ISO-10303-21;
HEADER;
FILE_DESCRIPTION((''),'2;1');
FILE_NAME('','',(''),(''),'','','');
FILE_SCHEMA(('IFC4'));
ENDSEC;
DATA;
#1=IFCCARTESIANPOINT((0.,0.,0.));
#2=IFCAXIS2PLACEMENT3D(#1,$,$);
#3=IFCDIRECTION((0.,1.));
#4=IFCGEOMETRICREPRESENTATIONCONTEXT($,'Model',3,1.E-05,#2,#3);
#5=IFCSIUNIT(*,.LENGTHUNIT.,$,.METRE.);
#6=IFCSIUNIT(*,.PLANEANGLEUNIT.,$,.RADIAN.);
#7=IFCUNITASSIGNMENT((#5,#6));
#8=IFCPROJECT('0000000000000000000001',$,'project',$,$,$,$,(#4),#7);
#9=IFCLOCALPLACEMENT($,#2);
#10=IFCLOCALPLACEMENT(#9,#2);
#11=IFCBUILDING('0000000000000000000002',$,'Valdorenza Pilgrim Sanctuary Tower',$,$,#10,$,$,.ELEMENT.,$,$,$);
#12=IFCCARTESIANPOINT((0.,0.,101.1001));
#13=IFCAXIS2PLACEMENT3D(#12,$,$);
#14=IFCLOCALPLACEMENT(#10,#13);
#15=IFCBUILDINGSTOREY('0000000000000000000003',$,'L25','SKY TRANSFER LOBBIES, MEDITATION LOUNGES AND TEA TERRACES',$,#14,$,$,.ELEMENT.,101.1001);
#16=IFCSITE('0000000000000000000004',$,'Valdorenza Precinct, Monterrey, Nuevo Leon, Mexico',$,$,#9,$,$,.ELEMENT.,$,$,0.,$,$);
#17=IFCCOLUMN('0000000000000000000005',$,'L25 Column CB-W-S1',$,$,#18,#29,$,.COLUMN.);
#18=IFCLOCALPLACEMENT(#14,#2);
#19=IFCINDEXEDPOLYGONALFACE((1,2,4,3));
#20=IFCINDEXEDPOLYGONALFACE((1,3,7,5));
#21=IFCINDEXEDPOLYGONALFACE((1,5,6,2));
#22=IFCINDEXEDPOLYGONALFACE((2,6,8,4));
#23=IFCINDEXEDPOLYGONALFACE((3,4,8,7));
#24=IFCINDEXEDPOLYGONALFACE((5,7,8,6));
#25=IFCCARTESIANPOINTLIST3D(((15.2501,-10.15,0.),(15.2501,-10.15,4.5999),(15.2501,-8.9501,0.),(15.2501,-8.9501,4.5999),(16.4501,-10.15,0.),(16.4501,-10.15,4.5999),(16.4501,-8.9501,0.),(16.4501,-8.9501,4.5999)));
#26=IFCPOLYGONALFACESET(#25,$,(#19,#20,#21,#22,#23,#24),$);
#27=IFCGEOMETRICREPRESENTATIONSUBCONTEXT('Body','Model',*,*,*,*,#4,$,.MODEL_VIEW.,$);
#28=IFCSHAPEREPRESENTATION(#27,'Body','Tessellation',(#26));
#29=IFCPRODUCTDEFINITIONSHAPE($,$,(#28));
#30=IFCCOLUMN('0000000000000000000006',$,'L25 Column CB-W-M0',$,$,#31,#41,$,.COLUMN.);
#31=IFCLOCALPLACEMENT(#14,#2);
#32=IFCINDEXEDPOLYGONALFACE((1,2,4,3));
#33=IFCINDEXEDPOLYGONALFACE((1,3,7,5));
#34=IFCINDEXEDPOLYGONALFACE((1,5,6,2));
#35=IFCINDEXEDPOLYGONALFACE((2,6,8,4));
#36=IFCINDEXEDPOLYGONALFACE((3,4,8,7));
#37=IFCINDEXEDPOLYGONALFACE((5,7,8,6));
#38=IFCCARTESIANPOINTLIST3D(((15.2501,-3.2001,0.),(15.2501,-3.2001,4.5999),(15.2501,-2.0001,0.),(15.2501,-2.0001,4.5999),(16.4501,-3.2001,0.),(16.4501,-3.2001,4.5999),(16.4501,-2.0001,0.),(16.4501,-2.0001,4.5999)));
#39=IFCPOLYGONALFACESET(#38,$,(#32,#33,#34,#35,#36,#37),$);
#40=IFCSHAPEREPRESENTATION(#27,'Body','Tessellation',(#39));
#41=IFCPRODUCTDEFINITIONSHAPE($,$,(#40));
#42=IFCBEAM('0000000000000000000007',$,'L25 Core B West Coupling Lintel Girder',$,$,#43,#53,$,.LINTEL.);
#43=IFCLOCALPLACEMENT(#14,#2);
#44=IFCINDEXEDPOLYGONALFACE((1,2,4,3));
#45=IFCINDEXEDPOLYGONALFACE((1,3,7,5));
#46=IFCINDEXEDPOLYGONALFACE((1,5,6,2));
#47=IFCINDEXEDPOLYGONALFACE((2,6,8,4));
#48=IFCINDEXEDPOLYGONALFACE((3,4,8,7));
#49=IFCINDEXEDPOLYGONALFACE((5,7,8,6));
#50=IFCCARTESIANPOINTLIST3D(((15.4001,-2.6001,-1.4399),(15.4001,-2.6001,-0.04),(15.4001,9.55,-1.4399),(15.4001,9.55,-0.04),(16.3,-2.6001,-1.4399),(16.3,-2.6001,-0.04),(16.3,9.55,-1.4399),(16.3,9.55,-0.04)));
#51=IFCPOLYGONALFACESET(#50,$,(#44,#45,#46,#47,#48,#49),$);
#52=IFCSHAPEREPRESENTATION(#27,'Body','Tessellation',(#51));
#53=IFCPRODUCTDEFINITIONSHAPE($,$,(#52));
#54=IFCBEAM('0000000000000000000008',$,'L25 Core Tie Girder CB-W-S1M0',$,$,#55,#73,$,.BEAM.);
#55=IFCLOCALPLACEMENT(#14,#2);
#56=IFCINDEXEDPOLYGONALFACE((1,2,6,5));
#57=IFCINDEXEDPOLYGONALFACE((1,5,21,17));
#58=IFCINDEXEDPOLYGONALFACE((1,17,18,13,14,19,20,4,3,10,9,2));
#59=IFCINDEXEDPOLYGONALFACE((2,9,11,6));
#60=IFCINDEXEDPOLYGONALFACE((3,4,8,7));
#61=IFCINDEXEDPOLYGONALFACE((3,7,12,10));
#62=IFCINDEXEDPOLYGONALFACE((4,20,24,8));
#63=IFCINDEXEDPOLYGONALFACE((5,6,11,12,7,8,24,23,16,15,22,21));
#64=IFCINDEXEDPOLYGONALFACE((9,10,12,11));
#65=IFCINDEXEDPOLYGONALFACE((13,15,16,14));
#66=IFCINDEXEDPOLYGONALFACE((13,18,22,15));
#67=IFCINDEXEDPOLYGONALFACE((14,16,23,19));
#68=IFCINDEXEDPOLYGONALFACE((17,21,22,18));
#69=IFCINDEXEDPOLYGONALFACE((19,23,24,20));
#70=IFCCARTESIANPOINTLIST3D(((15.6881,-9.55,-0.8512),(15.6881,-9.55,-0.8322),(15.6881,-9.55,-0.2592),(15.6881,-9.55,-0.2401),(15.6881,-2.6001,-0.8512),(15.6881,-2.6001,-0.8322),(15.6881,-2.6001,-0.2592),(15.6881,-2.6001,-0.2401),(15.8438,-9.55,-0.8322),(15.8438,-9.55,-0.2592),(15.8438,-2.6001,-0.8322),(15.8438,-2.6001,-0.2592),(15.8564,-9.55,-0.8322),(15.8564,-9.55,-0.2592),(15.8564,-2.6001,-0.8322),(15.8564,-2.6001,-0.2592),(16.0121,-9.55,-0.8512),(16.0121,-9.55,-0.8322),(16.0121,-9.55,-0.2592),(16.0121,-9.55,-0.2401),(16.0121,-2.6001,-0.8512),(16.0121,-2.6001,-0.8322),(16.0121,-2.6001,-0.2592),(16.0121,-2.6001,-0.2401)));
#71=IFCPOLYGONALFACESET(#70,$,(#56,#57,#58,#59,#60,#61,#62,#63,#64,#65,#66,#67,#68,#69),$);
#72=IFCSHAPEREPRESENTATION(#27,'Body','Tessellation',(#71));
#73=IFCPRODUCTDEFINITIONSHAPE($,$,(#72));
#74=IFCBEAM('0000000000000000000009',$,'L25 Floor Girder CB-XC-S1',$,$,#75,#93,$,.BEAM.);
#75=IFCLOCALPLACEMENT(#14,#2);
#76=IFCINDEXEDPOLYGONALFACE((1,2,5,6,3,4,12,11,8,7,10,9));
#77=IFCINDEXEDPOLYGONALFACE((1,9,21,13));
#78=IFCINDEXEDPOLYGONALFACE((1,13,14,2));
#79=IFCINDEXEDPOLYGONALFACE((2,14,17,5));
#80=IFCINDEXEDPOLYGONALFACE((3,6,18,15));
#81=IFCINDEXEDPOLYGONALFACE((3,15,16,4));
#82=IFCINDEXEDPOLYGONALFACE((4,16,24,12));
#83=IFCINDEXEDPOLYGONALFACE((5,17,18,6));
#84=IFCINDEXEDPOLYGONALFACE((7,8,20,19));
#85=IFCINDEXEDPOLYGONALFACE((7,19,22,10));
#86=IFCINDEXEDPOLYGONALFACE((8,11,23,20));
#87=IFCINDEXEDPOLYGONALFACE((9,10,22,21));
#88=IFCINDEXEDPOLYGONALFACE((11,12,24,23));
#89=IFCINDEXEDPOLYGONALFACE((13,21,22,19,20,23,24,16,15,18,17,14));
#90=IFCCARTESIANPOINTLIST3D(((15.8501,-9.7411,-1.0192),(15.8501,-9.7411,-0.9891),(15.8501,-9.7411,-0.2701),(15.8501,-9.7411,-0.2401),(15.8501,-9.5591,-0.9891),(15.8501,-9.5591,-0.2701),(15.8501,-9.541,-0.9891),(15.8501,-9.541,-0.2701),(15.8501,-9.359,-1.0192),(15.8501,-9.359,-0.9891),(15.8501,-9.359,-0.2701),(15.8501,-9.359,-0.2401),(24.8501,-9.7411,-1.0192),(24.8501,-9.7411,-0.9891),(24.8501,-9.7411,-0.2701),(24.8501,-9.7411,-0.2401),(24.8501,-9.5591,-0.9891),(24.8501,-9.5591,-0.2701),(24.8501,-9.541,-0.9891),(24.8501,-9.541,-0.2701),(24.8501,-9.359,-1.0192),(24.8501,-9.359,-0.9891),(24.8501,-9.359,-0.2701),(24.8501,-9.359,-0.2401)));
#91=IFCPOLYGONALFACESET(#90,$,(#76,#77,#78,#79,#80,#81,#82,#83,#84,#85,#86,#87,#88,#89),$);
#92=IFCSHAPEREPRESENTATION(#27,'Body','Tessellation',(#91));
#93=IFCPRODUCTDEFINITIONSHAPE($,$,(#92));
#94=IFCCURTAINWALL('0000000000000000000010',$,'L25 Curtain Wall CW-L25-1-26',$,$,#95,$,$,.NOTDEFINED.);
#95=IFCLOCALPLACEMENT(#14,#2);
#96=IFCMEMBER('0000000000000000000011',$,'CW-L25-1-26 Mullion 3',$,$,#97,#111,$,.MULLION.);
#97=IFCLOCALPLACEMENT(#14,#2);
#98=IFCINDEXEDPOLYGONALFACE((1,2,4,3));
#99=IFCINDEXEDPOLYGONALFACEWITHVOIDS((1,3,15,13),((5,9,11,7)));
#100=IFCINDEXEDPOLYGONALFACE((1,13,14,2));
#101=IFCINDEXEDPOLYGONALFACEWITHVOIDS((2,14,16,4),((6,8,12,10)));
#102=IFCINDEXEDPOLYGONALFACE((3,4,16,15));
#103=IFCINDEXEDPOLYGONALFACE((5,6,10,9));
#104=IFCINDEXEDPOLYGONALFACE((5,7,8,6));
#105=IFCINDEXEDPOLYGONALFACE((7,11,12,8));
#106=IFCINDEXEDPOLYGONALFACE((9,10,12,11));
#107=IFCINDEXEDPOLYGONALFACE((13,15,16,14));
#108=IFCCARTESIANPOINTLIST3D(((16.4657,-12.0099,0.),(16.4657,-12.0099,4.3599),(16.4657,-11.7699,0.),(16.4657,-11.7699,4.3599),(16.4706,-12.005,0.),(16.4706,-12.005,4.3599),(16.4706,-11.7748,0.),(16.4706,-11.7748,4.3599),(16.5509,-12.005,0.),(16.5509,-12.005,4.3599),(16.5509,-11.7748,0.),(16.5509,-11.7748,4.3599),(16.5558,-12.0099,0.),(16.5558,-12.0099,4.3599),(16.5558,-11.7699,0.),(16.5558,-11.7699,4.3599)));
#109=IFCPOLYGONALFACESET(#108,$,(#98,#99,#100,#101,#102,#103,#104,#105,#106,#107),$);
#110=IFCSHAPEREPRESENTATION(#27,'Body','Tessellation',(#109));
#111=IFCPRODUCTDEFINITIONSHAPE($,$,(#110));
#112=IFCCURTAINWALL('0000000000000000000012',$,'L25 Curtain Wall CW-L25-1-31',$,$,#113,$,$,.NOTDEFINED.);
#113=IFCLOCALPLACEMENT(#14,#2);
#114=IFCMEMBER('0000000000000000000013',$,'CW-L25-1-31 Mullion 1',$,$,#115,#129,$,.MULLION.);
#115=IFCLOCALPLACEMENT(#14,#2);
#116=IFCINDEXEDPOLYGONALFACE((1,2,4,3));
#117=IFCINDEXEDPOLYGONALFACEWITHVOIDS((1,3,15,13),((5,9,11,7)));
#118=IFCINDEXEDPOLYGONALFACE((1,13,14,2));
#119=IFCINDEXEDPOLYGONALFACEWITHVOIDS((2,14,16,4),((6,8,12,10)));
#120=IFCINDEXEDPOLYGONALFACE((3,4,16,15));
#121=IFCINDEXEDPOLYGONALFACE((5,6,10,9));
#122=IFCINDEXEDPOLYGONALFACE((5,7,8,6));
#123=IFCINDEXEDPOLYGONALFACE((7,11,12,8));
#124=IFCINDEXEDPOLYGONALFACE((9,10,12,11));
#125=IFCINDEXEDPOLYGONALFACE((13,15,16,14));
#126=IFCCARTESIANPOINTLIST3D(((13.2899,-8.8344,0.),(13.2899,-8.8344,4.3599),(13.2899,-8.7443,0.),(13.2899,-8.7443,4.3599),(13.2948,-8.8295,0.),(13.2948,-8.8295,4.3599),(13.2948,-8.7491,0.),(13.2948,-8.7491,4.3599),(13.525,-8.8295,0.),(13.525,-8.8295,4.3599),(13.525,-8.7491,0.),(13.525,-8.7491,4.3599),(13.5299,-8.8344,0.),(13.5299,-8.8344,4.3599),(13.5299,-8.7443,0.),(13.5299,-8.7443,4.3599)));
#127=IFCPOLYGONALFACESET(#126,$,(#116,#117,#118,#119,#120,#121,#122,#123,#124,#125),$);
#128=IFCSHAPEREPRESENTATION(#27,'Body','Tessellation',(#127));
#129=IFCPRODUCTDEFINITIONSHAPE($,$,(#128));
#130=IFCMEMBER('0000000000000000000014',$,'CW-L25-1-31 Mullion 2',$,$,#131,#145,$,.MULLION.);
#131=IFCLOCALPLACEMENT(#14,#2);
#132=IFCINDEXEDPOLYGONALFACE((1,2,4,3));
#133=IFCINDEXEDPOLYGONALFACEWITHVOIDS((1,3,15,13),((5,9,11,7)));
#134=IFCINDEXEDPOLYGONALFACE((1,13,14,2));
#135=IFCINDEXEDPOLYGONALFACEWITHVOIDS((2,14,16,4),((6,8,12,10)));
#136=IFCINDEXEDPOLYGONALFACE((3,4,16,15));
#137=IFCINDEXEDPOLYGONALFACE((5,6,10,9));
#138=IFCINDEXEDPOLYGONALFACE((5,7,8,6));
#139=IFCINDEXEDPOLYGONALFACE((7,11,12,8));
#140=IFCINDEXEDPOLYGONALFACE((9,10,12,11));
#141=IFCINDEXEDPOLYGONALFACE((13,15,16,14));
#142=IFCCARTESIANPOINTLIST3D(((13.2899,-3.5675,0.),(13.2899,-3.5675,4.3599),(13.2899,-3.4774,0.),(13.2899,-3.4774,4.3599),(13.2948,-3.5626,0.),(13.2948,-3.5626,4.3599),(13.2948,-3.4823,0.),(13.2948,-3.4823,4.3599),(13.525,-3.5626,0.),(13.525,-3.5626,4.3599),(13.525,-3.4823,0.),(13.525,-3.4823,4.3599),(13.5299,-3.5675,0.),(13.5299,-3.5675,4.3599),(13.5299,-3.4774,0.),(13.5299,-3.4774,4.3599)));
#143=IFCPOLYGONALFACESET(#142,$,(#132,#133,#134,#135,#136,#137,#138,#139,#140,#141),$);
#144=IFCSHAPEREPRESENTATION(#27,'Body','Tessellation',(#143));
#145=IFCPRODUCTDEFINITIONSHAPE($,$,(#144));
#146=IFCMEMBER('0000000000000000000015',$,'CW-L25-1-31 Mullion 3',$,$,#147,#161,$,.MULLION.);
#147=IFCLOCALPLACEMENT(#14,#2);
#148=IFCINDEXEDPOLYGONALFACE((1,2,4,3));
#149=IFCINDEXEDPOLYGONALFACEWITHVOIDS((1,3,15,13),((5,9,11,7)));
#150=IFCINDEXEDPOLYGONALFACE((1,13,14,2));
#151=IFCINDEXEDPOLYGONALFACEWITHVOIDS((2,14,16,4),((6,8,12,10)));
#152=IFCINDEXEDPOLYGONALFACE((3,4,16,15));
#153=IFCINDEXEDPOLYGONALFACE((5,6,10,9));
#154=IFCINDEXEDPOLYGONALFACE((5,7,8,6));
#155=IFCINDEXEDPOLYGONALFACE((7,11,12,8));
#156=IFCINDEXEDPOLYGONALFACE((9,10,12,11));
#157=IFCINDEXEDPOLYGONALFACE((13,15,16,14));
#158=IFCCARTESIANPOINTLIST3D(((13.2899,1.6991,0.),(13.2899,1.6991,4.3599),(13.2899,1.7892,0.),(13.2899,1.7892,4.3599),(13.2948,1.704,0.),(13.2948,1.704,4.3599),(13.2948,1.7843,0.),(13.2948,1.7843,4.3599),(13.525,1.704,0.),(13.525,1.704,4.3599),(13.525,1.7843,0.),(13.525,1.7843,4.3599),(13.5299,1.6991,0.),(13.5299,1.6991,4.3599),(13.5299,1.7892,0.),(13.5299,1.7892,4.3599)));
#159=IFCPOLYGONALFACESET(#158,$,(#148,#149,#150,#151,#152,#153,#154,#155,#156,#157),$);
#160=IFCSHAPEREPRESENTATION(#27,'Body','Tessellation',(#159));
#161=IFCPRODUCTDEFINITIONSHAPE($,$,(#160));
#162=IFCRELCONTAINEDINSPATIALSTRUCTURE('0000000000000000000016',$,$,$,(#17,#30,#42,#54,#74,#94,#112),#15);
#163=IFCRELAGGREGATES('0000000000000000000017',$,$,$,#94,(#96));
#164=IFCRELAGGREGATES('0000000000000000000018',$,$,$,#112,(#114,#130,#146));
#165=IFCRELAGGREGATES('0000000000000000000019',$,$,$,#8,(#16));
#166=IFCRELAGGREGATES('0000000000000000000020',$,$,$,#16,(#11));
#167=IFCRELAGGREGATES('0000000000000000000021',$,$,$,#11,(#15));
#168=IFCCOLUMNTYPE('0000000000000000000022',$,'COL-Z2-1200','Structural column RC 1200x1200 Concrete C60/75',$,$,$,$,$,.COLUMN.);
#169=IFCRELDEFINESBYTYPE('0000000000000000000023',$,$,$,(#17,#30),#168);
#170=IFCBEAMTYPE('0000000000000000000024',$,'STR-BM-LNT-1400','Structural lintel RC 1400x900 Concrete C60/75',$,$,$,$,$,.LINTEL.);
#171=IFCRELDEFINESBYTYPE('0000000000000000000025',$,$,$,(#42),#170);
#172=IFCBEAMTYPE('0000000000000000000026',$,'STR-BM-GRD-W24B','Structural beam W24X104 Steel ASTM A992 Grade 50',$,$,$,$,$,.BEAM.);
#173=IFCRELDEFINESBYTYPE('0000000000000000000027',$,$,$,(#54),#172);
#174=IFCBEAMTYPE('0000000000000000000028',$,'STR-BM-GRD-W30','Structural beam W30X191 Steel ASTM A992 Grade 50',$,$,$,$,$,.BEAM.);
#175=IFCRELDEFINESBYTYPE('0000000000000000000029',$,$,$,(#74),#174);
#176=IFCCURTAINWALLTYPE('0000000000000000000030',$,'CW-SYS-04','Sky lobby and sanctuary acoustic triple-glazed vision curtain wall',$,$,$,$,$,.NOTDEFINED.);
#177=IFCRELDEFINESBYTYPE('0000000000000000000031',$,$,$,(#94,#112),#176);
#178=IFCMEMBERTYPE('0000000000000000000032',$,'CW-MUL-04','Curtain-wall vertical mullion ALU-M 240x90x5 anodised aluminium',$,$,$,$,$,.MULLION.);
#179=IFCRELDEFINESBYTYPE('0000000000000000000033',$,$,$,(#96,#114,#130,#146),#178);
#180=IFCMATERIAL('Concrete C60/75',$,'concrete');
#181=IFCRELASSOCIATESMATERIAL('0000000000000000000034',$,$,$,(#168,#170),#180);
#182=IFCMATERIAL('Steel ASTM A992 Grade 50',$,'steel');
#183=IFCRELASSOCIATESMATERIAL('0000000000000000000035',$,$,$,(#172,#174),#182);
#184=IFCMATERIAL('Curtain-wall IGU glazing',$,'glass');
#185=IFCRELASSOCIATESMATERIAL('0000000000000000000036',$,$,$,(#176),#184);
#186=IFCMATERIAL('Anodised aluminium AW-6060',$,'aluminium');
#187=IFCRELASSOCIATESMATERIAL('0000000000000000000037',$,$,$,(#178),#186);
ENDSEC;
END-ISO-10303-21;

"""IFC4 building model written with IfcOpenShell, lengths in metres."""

from ifc_helpers import new_model, si_unit, direction, frame, origin, origin_2d, place, context, subcontext, project, spatial, rectangle, hollow_rectangle, i_section, extrude, source, transform, mapped, material, material_profile, profile_set, type_object, element, aggregate, save


model = new_model("IFC4")

# Units and contexts
model_context = context("Model", 3, precision=1e-05, world=origin(), true_north=direction((0.0, 1.0)))
body_context = subcontext(model_context, "Body", "Model", "MODEL_VIEW")
ifc_project = project(units=[si_unit("LENGTHUNIT", "METRE"), si_unit("PLANEANGLEUNIT", "RADIAN")], contexts=[model_context])

# Site, building, storey
site_placement = place(None, origin())
site = spatial("IfcSite", under=ifc_project, at=site_placement, Name="Valdorenza Precinct, Monterrey, Nuevo Leon, Mexico", CompositionType="ELEMENT", RefElevation=0.0)
building_placement = place(site_placement, origin())
building = spatial("IfcBuilding", under=site, at=building_placement, Name="Valdorenza Pilgrim Sanctuary Tower", CompositionType="ELEMENT")
storey_placement = place(building_placement, frame((0.0, 0.0, 101.1001)))
storey = spatial("IfcBuildingStorey", under=building, at=storey_placement, Name="L25", Description="SKY TRANSFER LOBBIES, MEDITATION LOUNGES AND TEA TERRACES", CompositionType="ELEMENT", Elevation=101.1001)

# Columns
ifc_material_1 = material(Name="Concrete C60/75", Category="concrete")
ifc_material_profile_1 = material_profile(ifc_material_1, rectangle(XDim=1.2, YDim=1.2, at=origin_2d()), Name="RC 1200x1200")
ifc_profile_set_1 = profile_set([ifc_material_profile_1], Name="Concrete C60/75")
column_type = type_object("IfcColumnType", Name="COL-Z2-1200", Description="Structural column RC 1200x1200 Concrete C60/75", PredefinedType="COLUMN", material=ifc_profile_set_1)
shared_shape_1 = source(origin(), body_context, "Body", "SweptSolid", [
    extrude(rectangle(XDim=1.2, YDim=1.2, at=origin_2d()), origin(), (0.0, 0.0, 1.0), 4.5999),
])
for number, where, z_axis, x_axis, name in (
    (1, (15.8501, -9.55, 0.0), (0.0, 0.0, 1.0), (1.0, 0.0, 0.0), "L25 Column CB-W-S1"),
    (2, (15.8501, -2.6001, 0.0), (0.0, 0.0, 1.0), (1.0, 0.0, 0.0), "L25 Column CB-W-M0"),
):
    element("IfcColumn", number, at=place(storey_placement, frame(where, z_axis=z_axis, x_axis=x_axis)), inside=storey, type_object=column_type, Name=name, PredefinedType="COLUMN", context=body_context, shape_type="MappedRepresentation", body=[
        mapped(shared_shape_1, transform((0.0, 0.0, 0.0), x_axis=(1.0, 0.0, 0.0), y_axis=(0.0, 1.0, 0.0), z_axis=(0.0, 0.0, 1.0), scale=1.0)),
    ])

# Beams
ifc_material_profile_2 = material_profile(ifc_material_1, rectangle(XDim=0.8999, YDim=1.3999, at=origin_2d()), Name="RC 1400x900")
ifc_profile_set_2 = profile_set([ifc_material_profile_2], Name="Concrete C60/75")
beam_type_1 = type_object("IfcBeamType", Name="STR-BM-LNT-1400", Description="Structural lintel RC 1400x900 Concrete C60/75", PredefinedType="LINTEL", material=ifc_profile_set_2)
shared_shape_2 = source(origin(), body_context, "Body", "SweptSolid", [
    extrude(rectangle(XDim=0.8999, YDim=1.3999, at=origin_2d()), origin(), (0.0, 0.0, 1.0), 12.1501),
])
beam_1_placement = place(storey_placement, frame((15.8501, -2.6001, -0.74), z_axis=(0.0, 1.0, 0.0), x_axis=(-1.0, 0.0, 0.0)))
element("IfcBeam", 3, at=beam_1_placement, inside=storey, type_object=beam_type_1, Name="L25 Core B West Coupling Lintel Girder", PredefinedType="LINTEL", context=body_context, shape_type="MappedRepresentation", body=[
    mapped(shared_shape_2, transform((0.0, 0.0, 0.0), x_axis=(1.0, 0.0, 0.0), y_axis=(0.0, 1.0, 0.0), z_axis=(0.0, 0.0, 1.0), scale=1.0)),
])
ifc_material_2 = material(Name="Steel ASTM A992 Grade 50", Category="steel")
ifc_material_profile_3 = material_profile(ifc_material_2, i_section(OverallWidth=0.324, OverallDepth=0.6111, WebThickness=0.0127, FlangeThickness=0.019, at=origin_2d()), Name="W24X104")
ifc_profile_set_3 = profile_set([ifc_material_profile_3], Name="Steel ASTM A992 Grade 50")
beam_type_2 = type_object("IfcBeamType", Name="STR-BM-GRD-W24B", Description="Structural beam W24X104 Steel ASTM A992 Grade 50", PredefinedType="BEAM", material=ifc_profile_set_3)
shared_shape_3 = source(origin(), body_context, "Body", "SweptSolid", [
    extrude(i_section(OverallWidth=0.324, OverallDepth=0.6111, WebThickness=0.0127, FlangeThickness=0.019, at=origin_2d()), origin(), (0.0, 0.0, 1.0), 6.95),
])
beam_2_placement = place(storey_placement, frame((15.8501, -9.55, -0.5457), z_axis=(0.0, 1.0, 0.0), x_axis=(-1.0, 0.0, 0.0)))
element("IfcBeam", 4, at=beam_2_placement, inside=storey, type_object=beam_type_2, Name="L25 Core Tie Girder CB-W-S1M0", PredefinedType="BEAM", context=body_context, shape_type="MappedRepresentation", body=[
    mapped(shared_shape_3, transform((0.0, 0.0, 0.0), x_axis=(1.0, 0.0, 0.0), y_axis=(0.0, 1.0, 0.0), z_axis=(0.0, 0.0, 1.0), scale=1.0)),
])
ifc_material_profile_4 = material_profile(ifc_material_2, i_section(OverallWidth=0.3821, OverallDepth=0.7791, WebThickness=0.0181, FlangeThickness=0.03, at=origin_2d()), Name="W30X191")
ifc_profile_set_4 = profile_set([ifc_material_profile_4], Name="Steel ASTM A992 Grade 50")
beam_type_3 = type_object("IfcBeamType", Name="STR-BM-GRD-W30", Description="Structural beam W30X191 Steel ASTM A992 Grade 50", PredefinedType="BEAM", material=ifc_profile_set_4)
shared_shape_4 = source(origin(), body_context, "Body", "SweptSolid", [
    extrude(i_section(OverallWidth=0.3821, OverallDepth=0.7791, WebThickness=0.0181, FlangeThickness=0.03, at=origin_2d()), origin(), (0.0, 0.0, 1.0), 9.0),
])
beam_3_placement = place(storey_placement, frame((15.8501, -9.55, -0.6296), z_axis=(1.0, 0.0, 0.0), x_axis=(0.0, 1.0, 0.0)))
element("IfcBeam", 5, at=beam_3_placement, inside=storey, type_object=beam_type_3, Name="L25 Floor Girder CB-XC-S1", PredefinedType="BEAM", context=body_context, shape_type="MappedRepresentation", body=[
    mapped(shared_shape_4, transform((0.0, 0.0, 0.0), x_axis=(1.0, 0.0, 0.0), y_axis=(0.0, 1.0, 0.0), z_axis=(0.0, 0.0, 1.0), scale=1.0)),
])

# Curtain wall, member
ifc_material_3 = material(Name="Curtain-wall IGU glazing", Category="glass")
curtain_wall_type = type_object("IfcCurtainWallType", Name="CW-SYS-04", Description="Sky lobby and sanctuary acoustic triple-glazed vision curtain wall", PredefinedType="NOTDEFINED", material=ifc_material_3)
curtain_wall_1_placement = place(storey_placement, origin())
curtain_wall_1 = element("IfcCurtainWall", 6, at=curtain_wall_1_placement, inside=storey, type_object=curtain_wall_type, Name="L25 Curtain Wall CW-L25-1-26", PredefinedType="NOTDEFINED")
ifc_material_4 = material(Name="Anodised aluminium AW-6060", Category="aluminium")
ifc_material_profile_5 = material_profile(ifc_material_4, hollow_rectangle(XDim=0.0901, YDim=0.24, WallThickness=0.0049, at=origin_2d()), Name="ALU-M 240x90x5")
ifc_profile_set_5 = profile_set([ifc_material_profile_5], Name="Anodised aluminium AW-6060")
member_type_1 = type_object("IfcMemberType", Name="CW-MUL-04", Description="Curtain-wall vertical mullion ALU-M 240x90x5 anodised aluminium", PredefinedType="MULLION", material=ifc_profile_set_5)
shared_shape_5 = source(origin(), body_context, "Body", "SweptSolid", [
    extrude(hollow_rectangle(XDim=0.0901, YDim=0.24, WallThickness=0.0049, at=origin_2d()), origin(), (0.0, 0.0, 1.0), 4.3599),
])
member_1_placement = place(storey_placement, frame((16.5107, -11.8899, 0.0), z_axis=(0.0, 0.0, 1.0), x_axis=(-1.0, 0.0, 0.0)))
member_1 = element("IfcMember", 7, at=member_1_placement, type_object=member_type_1, Name="CW-L25-1-26 Mullion 3", PredefinedType="MULLION", context=body_context, shape_type="MappedRepresentation", body=[
    mapped(shared_shape_5, transform((0.0, 0.0, 0.0), x_axis=(1.0, 0.0, 0.0), y_axis=(0.0, 1.0, 0.0), z_axis=(0.0, 0.0, 1.0), scale=1.0)),
])
aggregate(curtain_wall_1, [member_1])

# Curtain wall, members
curtain_wall_2_placement = place(storey_placement, origin())
curtain_wall_2 = element("IfcCurtainWall", 8, at=curtain_wall_2_placement, inside=storey, type_object=curtain_wall_type, Name="L25 Curtain Wall CW-L25-1-31", PredefinedType="NOTDEFINED")
member_2_placement = place(storey_placement, frame((13.4099, -8.7893, 0.0), z_axis=(0.0, 0.0, 1.0), x_axis=(0.0, 1.0, 0.0)))
member_2 = element("IfcMember", 9, at=member_2_placement, type_object=member_type_1, Name="CW-L25-1-31 Mullion 1", PredefinedType="MULLION", context=body_context, shape_type="MappedRepresentation", body=[
    mapped(shared_shape_5, transform((0.0, 0.0, 0.0), x_axis=(1.0, 0.0, 0.0), y_axis=(0.0, 1.0, 0.0), z_axis=(0.0, 0.0, 1.0), scale=1.0)),
])
member_3_placement = place(storey_placement, frame((13.4099, -3.5225, 0.0), z_axis=(0.0, 0.0, 1.0), x_axis=(0.0, 1.0, 0.0)))
member_3 = element("IfcMember", 10, at=member_3_placement, type_object=member_type_1, Name="CW-L25-1-31 Mullion 2", PredefinedType="MULLION", context=body_context, shape_type="MappedRepresentation", body=[
    mapped(shared_shape_5, transform((0.0, 0.0, 0.0), x_axis=(1.0, 0.0, 0.0), y_axis=(0.0, 1.0, 0.0), z_axis=(0.0, 0.0, 1.0), scale=1.0)),
])
member_4_placement = place(storey_placement, frame((13.4099, 1.7441, 0.0), z_axis=(0.0, 0.0, 1.0), x_axis=(0.0, 1.0, 0.0)))
member_4 = element("IfcMember", 11, at=member_4_placement, type_object=member_type_1, Name="CW-L25-1-31 Mullion 3", PredefinedType="MULLION", context=body_context, shape_type="MappedRepresentation", body=[
    mapped(shared_shape_5, transform((0.0, 0.0, 0.0), x_axis=(1.0, 0.0, 0.0), y_axis=(0.0, 1.0, 0.0), z_axis=(0.0, 0.0, 1.0), scale=1.0)),
])
aggregate(curtain_wall_2, [member_2, member_3, member_4])

save(model, "model.ifc")
